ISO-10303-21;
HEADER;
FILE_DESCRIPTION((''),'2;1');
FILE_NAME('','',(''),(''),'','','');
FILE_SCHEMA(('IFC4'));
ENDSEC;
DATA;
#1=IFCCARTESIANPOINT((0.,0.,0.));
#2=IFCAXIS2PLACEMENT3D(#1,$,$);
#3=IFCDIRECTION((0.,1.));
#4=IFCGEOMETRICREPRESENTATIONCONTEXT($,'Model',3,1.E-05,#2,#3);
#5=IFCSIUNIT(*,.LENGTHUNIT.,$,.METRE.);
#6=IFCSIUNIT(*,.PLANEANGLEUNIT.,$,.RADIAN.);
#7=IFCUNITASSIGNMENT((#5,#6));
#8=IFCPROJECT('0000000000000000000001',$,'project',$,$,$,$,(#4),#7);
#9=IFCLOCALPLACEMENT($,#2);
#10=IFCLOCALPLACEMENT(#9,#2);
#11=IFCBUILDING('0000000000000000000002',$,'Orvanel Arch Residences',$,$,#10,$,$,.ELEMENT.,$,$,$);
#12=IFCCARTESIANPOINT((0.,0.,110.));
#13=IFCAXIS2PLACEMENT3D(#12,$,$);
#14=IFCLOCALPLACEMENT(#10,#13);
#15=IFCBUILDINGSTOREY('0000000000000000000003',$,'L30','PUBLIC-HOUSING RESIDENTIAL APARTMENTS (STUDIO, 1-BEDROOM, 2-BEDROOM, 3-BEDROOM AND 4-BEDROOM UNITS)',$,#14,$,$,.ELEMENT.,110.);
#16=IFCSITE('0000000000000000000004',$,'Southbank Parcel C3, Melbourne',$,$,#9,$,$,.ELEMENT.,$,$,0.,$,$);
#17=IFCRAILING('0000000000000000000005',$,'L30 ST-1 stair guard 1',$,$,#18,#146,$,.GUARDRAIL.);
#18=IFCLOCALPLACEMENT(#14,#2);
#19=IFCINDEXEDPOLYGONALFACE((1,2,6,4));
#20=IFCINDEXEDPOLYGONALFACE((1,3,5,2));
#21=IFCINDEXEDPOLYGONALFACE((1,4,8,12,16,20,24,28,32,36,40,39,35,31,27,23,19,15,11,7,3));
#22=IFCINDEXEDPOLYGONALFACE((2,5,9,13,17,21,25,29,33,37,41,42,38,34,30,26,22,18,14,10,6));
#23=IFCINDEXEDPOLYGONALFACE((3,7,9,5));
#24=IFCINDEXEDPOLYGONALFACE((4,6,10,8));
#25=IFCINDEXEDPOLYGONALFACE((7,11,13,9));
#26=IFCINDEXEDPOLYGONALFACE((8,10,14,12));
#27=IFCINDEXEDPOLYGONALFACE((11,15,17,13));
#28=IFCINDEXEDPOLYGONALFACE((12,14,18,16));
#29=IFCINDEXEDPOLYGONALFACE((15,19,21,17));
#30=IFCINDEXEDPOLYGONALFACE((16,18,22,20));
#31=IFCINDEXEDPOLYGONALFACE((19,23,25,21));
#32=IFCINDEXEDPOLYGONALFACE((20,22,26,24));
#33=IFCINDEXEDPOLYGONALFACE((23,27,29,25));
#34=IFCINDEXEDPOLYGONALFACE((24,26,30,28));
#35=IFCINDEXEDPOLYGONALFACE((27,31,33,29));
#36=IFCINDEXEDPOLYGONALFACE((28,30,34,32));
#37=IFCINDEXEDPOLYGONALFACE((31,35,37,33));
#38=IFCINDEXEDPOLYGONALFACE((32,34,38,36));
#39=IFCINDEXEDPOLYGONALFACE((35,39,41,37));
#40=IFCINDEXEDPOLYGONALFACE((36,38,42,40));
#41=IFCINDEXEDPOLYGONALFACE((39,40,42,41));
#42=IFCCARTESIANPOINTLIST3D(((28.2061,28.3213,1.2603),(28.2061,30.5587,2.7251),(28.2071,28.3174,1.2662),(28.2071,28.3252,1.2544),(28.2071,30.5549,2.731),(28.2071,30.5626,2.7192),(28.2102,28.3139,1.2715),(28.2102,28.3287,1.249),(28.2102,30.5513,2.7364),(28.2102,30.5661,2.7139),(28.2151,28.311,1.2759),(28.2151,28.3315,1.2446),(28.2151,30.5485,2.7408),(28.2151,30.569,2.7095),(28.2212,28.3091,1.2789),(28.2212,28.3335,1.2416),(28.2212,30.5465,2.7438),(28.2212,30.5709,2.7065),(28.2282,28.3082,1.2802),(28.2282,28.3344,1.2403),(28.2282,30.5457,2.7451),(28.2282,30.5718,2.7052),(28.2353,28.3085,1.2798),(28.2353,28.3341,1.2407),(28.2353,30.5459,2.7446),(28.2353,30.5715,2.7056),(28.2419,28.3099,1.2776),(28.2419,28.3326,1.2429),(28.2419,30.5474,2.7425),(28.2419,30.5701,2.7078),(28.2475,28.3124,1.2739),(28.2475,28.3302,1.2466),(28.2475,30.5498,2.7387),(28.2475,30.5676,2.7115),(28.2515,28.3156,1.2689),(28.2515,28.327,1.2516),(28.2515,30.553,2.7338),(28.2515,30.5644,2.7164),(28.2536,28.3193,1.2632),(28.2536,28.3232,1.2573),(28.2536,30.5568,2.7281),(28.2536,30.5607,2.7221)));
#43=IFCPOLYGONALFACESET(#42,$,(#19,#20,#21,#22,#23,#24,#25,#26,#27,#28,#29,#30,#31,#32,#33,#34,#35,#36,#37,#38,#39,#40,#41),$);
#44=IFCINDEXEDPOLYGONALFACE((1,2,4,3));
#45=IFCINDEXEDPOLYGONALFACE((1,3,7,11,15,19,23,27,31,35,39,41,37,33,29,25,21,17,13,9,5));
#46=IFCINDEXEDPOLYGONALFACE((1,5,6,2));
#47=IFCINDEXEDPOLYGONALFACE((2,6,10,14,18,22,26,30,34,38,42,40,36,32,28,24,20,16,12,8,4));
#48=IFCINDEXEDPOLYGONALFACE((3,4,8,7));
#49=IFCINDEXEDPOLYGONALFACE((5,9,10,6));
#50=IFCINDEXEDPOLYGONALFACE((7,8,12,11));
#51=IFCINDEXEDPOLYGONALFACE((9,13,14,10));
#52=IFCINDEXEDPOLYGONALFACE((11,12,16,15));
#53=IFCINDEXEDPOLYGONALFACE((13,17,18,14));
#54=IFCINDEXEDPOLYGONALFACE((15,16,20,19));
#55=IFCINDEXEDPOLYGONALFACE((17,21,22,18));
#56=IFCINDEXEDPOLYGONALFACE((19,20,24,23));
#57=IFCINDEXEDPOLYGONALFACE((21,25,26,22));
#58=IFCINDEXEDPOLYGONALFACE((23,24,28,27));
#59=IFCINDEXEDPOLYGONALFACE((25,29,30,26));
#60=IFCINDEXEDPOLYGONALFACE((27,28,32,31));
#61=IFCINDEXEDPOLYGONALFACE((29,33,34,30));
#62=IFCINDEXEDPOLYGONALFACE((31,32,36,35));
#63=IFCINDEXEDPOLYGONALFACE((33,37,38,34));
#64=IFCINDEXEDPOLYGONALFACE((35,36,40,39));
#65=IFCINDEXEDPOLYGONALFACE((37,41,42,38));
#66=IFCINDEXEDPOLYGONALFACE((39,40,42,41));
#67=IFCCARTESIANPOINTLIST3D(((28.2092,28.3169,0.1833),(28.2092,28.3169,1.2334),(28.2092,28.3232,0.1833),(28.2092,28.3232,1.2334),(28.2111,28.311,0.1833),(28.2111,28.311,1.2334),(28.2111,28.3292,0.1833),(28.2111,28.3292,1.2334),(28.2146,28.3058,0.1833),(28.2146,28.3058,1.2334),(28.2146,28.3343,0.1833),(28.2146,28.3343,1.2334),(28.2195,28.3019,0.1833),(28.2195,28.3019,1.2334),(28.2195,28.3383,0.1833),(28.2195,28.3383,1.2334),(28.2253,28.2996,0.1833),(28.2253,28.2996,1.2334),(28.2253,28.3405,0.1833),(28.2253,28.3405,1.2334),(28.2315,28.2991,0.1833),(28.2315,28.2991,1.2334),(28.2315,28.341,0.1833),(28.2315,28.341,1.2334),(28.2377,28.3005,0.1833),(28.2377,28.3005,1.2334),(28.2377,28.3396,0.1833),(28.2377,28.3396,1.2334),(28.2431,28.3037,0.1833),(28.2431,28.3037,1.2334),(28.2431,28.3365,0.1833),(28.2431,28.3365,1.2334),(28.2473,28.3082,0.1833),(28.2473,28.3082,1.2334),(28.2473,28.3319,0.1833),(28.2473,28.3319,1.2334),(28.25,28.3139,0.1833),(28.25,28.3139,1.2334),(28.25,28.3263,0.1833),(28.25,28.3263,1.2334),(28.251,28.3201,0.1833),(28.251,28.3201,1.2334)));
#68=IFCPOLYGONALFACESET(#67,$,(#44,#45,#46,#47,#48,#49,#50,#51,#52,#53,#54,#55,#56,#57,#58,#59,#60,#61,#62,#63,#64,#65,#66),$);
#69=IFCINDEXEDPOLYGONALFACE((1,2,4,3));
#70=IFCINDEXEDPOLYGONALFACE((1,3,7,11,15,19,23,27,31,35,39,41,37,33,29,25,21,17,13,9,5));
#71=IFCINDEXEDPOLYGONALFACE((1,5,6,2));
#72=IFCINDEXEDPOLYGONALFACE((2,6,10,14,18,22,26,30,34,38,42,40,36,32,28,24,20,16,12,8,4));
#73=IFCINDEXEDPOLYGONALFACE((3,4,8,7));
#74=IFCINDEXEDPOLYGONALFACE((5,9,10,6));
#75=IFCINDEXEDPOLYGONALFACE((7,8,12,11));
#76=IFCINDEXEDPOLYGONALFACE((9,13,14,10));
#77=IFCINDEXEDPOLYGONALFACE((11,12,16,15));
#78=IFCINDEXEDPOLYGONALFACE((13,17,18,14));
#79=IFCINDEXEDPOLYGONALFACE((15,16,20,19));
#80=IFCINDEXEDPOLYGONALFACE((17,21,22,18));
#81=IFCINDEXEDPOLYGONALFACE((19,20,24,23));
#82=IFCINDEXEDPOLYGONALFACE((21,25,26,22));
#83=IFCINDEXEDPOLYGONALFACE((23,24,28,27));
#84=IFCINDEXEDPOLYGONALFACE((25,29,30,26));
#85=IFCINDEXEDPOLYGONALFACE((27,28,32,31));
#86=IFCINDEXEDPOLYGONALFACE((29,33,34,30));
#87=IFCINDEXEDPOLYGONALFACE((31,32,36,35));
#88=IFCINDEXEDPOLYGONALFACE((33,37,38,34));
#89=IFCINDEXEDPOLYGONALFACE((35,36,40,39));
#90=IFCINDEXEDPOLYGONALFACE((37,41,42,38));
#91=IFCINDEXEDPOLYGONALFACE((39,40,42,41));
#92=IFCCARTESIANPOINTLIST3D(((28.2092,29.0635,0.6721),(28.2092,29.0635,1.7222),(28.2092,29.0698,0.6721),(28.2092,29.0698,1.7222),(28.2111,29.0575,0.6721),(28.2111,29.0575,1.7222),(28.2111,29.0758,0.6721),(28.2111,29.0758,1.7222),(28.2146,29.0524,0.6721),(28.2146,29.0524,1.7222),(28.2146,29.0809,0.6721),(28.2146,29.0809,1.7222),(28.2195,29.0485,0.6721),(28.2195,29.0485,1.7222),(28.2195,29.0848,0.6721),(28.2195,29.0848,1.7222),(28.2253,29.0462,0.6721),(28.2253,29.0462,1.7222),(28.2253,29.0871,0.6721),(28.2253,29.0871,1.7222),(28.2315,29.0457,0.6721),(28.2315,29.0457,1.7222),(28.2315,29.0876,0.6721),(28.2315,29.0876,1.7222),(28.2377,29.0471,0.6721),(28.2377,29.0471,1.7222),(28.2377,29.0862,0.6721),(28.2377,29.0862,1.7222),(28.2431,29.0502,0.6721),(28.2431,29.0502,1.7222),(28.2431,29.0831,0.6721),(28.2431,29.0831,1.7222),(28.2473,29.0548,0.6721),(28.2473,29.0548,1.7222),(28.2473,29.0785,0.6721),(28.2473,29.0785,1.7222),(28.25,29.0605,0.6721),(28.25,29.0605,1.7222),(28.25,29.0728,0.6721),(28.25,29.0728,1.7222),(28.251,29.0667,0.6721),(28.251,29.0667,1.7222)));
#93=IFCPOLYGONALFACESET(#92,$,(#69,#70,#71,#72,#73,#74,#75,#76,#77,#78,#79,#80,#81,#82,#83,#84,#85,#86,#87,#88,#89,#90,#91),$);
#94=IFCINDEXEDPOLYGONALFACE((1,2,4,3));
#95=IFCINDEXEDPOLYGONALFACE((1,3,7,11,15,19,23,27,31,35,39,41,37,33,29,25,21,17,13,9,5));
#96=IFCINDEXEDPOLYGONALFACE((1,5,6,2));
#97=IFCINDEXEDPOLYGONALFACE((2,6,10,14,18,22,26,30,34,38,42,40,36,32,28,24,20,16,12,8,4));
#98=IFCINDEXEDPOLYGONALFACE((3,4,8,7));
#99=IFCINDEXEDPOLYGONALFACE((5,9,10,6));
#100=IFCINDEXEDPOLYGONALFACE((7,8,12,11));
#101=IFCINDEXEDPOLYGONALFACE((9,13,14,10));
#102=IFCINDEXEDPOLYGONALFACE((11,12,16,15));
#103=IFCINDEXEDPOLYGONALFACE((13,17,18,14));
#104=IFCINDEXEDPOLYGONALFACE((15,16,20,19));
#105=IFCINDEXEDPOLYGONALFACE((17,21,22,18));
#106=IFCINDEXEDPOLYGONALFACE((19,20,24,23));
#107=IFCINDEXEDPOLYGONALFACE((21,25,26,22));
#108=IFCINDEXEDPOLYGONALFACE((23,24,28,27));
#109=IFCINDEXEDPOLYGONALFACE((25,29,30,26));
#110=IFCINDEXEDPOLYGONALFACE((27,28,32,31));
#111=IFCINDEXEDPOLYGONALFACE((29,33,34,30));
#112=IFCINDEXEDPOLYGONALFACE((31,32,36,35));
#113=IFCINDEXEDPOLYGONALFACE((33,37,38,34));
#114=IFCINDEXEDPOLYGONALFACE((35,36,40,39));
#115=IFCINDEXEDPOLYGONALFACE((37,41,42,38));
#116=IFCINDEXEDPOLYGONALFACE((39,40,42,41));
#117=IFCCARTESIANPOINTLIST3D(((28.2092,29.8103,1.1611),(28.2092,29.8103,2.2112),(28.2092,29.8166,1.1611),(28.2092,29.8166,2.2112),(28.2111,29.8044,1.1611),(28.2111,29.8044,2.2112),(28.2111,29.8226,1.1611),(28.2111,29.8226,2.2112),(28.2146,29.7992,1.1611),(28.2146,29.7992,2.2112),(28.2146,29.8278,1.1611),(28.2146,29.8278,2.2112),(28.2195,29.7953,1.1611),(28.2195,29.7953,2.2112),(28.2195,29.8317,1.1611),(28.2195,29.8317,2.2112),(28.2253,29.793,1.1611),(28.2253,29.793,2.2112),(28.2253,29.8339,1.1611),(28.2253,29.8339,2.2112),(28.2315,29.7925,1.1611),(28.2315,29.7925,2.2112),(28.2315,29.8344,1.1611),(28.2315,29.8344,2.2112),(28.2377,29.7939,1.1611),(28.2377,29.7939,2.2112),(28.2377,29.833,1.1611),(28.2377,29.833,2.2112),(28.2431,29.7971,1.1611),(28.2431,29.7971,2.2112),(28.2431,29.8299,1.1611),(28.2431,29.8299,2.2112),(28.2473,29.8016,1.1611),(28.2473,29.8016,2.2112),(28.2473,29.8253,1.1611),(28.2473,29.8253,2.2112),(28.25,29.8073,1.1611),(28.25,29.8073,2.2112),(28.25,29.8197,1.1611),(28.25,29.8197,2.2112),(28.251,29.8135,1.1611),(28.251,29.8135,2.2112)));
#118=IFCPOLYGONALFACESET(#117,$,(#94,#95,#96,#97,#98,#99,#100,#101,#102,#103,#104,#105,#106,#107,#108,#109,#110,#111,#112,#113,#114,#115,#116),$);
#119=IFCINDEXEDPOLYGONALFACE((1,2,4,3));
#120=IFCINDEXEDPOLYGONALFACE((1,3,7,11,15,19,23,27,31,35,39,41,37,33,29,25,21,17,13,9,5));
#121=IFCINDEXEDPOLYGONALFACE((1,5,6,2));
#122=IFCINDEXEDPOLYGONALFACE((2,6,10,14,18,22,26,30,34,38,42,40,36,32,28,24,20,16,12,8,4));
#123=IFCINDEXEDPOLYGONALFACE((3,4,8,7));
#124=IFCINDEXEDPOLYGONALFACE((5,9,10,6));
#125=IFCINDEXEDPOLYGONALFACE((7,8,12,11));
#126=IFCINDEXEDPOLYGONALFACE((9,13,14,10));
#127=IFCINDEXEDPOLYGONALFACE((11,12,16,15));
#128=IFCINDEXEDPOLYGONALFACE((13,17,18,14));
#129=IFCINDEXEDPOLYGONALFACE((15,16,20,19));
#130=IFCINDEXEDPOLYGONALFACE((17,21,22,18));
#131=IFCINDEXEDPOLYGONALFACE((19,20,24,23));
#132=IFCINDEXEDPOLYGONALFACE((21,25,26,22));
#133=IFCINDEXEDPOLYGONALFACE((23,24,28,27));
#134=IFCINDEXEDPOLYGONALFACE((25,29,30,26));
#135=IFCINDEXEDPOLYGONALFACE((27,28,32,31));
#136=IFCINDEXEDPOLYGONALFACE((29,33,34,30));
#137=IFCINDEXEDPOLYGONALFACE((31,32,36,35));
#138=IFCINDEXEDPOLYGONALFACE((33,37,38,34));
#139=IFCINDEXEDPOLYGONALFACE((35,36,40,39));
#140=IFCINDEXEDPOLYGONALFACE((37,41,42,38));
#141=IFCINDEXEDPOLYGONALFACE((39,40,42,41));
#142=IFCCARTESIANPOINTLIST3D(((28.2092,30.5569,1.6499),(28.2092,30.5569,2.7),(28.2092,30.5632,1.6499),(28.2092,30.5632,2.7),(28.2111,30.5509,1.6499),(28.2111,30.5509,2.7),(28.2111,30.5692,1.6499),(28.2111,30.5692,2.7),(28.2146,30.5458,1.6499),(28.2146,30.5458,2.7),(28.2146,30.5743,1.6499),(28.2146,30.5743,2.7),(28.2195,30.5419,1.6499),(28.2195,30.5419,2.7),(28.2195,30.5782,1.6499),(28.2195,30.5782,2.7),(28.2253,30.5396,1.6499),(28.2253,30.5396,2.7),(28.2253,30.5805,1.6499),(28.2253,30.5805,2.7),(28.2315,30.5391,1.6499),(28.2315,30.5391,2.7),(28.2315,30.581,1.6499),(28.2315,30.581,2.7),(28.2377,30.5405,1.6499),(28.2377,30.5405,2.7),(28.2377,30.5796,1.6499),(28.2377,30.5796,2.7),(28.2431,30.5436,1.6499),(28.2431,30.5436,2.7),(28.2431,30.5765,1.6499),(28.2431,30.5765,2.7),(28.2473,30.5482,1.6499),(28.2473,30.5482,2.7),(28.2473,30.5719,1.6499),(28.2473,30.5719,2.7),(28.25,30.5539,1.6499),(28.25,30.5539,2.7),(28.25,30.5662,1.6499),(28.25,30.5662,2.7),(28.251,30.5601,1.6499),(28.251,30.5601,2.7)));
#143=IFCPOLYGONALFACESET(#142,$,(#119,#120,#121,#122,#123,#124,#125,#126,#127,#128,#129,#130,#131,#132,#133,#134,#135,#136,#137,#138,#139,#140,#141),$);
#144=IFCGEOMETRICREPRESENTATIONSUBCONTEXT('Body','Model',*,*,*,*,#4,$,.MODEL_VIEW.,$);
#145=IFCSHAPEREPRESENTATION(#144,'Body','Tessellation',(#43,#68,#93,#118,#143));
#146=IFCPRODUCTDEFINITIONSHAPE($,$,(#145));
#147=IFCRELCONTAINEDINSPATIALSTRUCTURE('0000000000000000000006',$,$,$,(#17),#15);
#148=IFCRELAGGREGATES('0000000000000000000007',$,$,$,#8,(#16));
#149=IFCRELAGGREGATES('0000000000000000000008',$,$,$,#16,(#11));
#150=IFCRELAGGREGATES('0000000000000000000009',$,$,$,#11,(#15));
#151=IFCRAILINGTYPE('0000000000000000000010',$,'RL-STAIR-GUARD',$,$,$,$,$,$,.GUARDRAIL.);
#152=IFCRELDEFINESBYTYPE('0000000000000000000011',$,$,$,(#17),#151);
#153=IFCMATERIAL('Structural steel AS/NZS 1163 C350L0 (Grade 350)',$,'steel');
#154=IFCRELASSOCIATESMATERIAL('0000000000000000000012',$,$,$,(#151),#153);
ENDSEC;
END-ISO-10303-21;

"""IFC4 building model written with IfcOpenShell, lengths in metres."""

from ifc_helpers import new_model, si_unit, direction, frame, origin, origin_2d, place, context, subcontext, project, spatial, circle, extrude, material, type_object, element, save


model = new_model("IFC4")

# Units and contexts
model_context = context("Model", 3, precision=1e-05, world=origin(), true_north=direction((0.0, 1.0)))
body_context = subcontext(model_context, "Body", "Model", "MODEL_VIEW")
ifc_project = project(units=[si_unit("LENGTHUNIT", "METRE"), si_unit("PLANEANGLEUNIT", "RADIAN")], contexts=[model_context])

# Site, building, storey
site_placement = place(None, origin())
site = spatial("IfcSite", under=ifc_project, at=site_placement, Name="Southbank Parcel C3, Melbourne", CompositionType="ELEMENT", RefElevation=0.0)
building_placement = place(site_placement, origin())
building = spatial("IfcBuilding", under=site, at=building_placement, Name="Orvanel Arch Residences", CompositionType="ELEMENT")
storey_placement = place(building_placement, frame((0.0, 0.0, 110.0)))
storey = spatial("IfcBuildingStorey", under=building, at=storey_placement, Name="L30", Description="PUBLIC-HOUSING RESIDENTIAL APARTMENTS (STUDIO, 1-BEDROOM, 2-BEDROOM, 3-BEDROOM AND 4-BEDROOM UNITS)", CompositionType="ELEMENT", Elevation=110.0)

# Railing
ifc_material_1 = material(Name="Structural steel AS/NZS 1163 C350L0 (Grade 350)", Category="steel")
railing_type_1 = type_object("IfcRailingType", Name="RL-STAIR-GUARD", PredefinedType="GUARDRAIL", material=ifc_material_1)
railing_1_placement = place(storey_placement, frame((28.23, 28.3201, 0.1833)))
element("IfcRailing", 1, at=railing_1_placement, inside=storey, type_object=railing_type_1, Name="L30 ST-1 stair guard 1", PredefinedType="GUARDRAIL", context=body_context, shape_type="SweptSolid", body=[
    extrude(circle(Radius=0.0239, at=origin_2d()), frame((0.0, 0.0012, 1.0769), z_axis=(0.0, 0.836637, 0.547758), x_axis=(-1.0, 0.0, 0.0)), (0.0, 0.0, 1.0), 2.6743),
    extrude(circle(Radius=0.021, at=origin_2d()), origin(), (0.0, 0.0, 1.0), 1.05),
    extrude(circle(Radius=0.021, at=origin_2d()), frame((0.0, 0.7466, 0.4888)), (0.0, 0.0, 1.0), 1.05),
    extrude(circle(Radius=0.021, at=origin_2d()), frame((0.0, 1.4934, 0.9778)), (0.0, 0.0, 1.0), 1.05),
    extrude(circle(Radius=0.021, at=origin_2d()), frame((0.0, 2.24, 1.4666)), (0.0, 0.0, 1.0), 1.05),
])

save(model, "model.ifc")
